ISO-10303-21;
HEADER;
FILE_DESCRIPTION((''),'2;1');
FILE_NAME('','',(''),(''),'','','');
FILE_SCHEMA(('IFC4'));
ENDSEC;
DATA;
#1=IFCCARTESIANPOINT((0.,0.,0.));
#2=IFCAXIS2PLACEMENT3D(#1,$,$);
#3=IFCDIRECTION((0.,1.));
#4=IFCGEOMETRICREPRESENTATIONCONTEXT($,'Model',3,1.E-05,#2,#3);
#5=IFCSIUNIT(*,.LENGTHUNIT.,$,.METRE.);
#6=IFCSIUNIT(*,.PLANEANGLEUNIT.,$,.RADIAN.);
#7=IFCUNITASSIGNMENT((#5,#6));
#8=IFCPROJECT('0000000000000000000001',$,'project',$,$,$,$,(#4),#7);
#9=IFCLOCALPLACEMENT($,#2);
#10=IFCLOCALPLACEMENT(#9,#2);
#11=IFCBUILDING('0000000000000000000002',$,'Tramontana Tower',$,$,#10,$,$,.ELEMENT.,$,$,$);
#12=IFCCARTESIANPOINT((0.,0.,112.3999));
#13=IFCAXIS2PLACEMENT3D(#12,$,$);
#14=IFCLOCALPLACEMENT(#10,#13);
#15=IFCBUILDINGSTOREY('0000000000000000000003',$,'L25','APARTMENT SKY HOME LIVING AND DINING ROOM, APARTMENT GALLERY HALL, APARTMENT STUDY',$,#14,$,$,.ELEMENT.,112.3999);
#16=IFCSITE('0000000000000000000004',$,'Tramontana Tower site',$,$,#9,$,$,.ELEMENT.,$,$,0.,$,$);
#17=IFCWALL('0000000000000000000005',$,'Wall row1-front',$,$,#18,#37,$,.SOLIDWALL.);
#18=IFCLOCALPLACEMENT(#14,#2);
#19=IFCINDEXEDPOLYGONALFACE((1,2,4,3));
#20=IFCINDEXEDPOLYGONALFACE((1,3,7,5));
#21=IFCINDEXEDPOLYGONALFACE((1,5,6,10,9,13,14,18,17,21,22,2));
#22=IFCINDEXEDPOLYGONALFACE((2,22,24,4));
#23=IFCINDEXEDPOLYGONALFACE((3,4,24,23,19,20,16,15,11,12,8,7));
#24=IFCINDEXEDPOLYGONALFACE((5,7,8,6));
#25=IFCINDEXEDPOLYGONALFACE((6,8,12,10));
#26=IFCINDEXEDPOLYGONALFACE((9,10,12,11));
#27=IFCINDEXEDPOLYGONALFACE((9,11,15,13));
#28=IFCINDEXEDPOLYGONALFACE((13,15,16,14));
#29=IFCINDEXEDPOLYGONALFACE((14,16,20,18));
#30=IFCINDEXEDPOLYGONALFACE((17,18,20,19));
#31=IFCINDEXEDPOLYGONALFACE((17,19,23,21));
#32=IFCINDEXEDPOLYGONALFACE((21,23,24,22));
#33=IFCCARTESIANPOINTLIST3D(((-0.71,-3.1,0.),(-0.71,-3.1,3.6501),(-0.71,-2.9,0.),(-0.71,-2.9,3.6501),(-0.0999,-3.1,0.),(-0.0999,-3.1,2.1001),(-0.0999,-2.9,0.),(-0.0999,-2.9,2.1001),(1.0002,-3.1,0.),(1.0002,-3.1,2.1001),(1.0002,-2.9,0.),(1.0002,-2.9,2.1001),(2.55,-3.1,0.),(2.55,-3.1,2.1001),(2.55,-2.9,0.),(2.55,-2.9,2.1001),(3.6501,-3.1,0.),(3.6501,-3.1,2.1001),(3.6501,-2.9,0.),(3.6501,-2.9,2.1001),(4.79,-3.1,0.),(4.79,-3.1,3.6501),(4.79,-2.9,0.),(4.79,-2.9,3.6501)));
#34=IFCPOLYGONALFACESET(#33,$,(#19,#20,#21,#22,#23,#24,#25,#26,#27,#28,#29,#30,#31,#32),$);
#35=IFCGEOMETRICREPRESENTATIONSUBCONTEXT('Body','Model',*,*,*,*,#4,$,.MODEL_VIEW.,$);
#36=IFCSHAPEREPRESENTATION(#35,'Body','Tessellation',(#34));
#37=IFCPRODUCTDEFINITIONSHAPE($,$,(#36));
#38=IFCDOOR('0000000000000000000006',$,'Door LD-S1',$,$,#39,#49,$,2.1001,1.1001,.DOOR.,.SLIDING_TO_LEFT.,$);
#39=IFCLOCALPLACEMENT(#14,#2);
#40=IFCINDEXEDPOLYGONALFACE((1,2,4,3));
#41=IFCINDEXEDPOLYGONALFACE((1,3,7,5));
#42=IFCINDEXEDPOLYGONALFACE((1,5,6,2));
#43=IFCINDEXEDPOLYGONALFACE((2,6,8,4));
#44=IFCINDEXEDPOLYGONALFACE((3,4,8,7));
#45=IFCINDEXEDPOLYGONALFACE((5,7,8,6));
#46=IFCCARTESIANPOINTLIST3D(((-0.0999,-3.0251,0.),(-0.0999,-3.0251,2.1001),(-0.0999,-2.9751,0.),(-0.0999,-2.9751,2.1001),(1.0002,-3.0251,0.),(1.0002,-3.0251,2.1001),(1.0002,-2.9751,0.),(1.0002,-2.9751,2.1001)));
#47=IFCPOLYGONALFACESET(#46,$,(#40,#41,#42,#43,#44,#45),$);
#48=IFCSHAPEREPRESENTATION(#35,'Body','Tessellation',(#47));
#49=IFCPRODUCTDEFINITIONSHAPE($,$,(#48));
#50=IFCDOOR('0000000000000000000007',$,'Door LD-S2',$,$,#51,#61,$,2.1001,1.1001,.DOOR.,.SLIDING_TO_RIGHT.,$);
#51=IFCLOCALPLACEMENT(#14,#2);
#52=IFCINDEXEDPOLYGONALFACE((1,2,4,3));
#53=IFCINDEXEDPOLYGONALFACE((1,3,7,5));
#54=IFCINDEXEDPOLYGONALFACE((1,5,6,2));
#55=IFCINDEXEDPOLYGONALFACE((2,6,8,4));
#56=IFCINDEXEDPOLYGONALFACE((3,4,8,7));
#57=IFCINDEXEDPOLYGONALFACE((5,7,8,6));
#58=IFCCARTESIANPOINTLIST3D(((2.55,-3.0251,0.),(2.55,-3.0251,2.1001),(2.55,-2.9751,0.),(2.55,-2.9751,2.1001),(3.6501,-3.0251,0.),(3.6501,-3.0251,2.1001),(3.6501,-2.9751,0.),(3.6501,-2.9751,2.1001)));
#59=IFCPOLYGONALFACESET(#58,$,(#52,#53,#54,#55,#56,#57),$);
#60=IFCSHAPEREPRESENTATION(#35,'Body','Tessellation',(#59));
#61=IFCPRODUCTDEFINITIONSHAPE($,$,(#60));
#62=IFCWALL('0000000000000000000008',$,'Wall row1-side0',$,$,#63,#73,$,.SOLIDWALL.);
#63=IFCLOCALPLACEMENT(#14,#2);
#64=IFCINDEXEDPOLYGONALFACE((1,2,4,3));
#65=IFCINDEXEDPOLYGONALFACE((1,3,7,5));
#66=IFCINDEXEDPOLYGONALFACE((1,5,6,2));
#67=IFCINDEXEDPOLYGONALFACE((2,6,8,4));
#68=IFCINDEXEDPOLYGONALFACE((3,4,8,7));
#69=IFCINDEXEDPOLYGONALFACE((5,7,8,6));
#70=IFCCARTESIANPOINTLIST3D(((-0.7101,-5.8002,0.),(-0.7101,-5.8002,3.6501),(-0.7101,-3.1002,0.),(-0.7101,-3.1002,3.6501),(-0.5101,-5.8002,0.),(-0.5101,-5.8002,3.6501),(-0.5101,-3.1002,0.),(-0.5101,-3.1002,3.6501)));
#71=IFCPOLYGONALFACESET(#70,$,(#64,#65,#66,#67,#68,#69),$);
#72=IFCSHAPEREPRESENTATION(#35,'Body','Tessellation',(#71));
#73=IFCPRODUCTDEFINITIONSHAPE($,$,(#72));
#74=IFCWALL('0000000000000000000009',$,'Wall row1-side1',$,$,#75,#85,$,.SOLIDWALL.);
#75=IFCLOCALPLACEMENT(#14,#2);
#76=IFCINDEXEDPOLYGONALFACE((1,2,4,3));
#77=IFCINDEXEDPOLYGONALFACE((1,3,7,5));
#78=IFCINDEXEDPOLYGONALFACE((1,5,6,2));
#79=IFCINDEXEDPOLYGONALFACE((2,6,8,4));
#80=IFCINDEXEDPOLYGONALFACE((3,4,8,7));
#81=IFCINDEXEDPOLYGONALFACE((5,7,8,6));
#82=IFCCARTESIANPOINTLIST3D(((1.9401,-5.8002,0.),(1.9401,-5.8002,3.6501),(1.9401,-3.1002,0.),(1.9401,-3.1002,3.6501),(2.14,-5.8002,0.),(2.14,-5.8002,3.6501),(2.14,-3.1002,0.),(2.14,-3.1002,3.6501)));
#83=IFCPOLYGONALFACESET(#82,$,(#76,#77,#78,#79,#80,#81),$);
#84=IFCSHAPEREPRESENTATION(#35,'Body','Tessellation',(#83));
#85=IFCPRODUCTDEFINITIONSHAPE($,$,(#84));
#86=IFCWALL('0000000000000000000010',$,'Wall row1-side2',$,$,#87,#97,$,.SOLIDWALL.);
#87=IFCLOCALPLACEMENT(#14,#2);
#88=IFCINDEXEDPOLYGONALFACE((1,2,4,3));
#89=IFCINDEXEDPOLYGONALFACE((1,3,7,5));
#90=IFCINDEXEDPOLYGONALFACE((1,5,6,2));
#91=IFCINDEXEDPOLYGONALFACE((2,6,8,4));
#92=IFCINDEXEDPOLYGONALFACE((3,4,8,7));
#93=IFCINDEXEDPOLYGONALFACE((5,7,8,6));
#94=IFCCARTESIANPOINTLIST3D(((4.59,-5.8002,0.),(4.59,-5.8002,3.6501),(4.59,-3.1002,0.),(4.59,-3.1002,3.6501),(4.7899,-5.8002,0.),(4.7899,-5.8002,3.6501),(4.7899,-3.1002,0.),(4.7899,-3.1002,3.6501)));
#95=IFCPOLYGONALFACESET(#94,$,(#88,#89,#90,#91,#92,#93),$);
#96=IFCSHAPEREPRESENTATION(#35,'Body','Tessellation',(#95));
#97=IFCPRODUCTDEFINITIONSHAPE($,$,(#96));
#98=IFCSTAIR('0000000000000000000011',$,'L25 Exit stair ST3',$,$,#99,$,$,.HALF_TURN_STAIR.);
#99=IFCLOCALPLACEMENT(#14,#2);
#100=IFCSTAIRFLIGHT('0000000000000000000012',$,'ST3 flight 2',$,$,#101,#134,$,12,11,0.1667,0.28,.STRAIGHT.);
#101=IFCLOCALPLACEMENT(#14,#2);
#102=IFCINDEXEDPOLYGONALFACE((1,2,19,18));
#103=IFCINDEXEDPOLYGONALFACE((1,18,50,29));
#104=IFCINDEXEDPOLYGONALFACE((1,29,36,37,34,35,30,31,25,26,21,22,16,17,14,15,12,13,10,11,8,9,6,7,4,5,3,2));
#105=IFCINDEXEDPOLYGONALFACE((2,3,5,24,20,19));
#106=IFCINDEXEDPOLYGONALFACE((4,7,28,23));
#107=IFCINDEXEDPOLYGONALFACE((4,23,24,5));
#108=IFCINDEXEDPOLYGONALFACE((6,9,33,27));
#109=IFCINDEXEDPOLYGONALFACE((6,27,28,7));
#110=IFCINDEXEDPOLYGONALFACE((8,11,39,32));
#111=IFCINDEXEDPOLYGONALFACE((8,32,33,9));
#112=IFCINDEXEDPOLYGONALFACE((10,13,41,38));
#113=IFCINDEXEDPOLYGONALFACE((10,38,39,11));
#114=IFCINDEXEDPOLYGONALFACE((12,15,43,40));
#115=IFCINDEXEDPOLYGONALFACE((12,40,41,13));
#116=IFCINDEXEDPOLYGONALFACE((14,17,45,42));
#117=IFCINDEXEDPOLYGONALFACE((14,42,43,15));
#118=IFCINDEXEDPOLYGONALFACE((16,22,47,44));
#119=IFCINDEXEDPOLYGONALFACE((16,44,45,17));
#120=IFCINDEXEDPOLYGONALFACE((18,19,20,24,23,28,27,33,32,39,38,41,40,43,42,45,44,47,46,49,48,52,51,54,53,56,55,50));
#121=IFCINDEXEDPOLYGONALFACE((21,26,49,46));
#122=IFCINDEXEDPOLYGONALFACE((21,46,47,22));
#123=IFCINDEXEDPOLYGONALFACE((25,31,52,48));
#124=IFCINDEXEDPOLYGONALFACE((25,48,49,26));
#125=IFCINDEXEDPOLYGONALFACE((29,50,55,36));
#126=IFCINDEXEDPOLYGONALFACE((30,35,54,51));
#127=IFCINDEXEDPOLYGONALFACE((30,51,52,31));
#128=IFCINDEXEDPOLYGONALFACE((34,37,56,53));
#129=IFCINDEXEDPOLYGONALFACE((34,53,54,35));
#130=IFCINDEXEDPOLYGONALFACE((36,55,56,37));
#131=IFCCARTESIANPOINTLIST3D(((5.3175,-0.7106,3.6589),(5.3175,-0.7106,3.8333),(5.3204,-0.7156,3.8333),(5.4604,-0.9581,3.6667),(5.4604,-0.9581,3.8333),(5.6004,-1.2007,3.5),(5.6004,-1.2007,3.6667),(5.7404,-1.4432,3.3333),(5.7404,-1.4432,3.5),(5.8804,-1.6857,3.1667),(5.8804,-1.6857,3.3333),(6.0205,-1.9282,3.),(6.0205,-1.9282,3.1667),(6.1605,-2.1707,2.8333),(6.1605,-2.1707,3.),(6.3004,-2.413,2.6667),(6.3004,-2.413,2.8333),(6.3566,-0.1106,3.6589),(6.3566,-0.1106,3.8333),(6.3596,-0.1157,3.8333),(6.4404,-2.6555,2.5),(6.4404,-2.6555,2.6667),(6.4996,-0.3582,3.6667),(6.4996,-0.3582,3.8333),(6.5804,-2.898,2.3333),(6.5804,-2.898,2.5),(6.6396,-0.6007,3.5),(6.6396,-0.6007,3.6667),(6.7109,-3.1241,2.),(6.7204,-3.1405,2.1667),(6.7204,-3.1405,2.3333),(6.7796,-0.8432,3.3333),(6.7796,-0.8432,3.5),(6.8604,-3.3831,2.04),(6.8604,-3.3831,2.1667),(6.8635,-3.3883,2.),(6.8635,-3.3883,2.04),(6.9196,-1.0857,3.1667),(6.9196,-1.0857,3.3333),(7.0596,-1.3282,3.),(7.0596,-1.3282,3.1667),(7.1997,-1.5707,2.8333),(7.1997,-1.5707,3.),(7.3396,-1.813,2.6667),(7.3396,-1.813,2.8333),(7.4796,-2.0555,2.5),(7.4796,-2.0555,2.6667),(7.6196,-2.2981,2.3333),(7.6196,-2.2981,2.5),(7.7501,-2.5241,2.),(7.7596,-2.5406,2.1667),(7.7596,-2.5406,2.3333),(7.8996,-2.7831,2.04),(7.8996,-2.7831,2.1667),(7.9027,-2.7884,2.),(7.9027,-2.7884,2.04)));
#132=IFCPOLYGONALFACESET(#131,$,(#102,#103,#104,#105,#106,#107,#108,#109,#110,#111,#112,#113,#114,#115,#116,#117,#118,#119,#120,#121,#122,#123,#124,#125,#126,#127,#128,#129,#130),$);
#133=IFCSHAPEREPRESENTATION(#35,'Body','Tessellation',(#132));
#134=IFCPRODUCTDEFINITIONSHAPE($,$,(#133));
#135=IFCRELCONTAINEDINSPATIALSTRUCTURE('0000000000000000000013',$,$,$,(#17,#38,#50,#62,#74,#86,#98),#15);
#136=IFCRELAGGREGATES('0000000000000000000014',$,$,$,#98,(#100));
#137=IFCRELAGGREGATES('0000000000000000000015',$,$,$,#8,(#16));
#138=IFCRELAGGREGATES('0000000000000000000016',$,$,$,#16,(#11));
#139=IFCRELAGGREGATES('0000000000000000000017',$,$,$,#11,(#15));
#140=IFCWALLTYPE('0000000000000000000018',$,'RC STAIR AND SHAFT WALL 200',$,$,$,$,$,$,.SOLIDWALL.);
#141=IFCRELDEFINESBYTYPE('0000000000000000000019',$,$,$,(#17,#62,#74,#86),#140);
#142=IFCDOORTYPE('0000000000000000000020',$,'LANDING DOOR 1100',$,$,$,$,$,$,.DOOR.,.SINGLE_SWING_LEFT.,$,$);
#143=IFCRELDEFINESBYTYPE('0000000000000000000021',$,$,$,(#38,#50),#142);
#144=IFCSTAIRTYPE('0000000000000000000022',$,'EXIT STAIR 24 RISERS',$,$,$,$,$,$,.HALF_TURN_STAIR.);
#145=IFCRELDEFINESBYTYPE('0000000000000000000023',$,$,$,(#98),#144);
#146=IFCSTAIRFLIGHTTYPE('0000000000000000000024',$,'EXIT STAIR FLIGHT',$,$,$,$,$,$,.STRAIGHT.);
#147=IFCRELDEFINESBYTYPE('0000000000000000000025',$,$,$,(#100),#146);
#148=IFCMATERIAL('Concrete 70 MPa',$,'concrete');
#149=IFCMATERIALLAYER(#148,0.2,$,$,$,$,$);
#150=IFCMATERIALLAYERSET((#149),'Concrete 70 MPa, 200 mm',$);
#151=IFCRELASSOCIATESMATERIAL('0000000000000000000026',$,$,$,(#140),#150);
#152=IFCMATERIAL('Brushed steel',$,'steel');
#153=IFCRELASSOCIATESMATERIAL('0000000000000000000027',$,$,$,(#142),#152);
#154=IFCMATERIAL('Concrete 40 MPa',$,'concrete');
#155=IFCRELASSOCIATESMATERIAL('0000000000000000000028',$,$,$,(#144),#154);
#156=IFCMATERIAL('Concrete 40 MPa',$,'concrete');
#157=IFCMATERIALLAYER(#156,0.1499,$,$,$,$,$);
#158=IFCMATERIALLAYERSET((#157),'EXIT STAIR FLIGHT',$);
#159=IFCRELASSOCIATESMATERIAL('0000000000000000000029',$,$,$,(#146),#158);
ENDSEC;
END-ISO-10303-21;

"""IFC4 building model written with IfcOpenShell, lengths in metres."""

from ifc_helpers import new_model, si_unit, direction, frame, frame_2d, origin, place, context, subcontext, project, spatial, polyline, rectangle, outline, extrude, material, layer, layer_set, type_object, element, fill, aggregate, save


model = new_model("IFC4")

# Units and contexts
model_context = context("Model", 3, precision=1e-05, world=origin(), true_north=direction((0.0, 1.0)))
body_context = subcontext(model_context, "Body", "Model", "MODEL_VIEW")
ifc_project = project(units=[si_unit("LENGTHUNIT", "METRE"), si_unit("PLANEANGLEUNIT", "RADIAN")], contexts=[model_context])

# Site, building, storey
site_placement = place(None, origin())
site = spatial("IfcSite", under=ifc_project, at=site_placement, Name="Tramontana Tower site", CompositionType="ELEMENT", RefElevation=0.0)
building_placement = place(site_placement, origin())
building = spatial("IfcBuilding", under=site, at=building_placement, Name="Tramontana Tower", CompositionType="ELEMENT")
storey_placement = place(building_placement, frame((0.0, 0.0, 112.3999)))
storey = spatial("IfcBuildingStorey", under=building, at=storey_placement, Name="L25", Description="APARTMENT SKY HOME LIVING AND DINING ROOM, APARTMENT GALLERY HALL, APARTMENT STUDY", CompositionType="ELEMENT", Elevation=112.3999)

# Shared definitions
ifc_material_1 = material(Name="Concrete 70 MPa", Category="concrete")
ifc_layer_1 = layer(ifc_material_1, 0.2)
ifc_layer_set_1 = layer_set([ifc_layer_1], Name="Concrete 70 MPa, 200 mm")
wall_type_1 = type_object("IfcWallType", Name="RC STAIR AND SHAFT WALL 200", PredefinedType="SOLIDWALL", material=ifc_layer_set_1)

# Wall, openings, doors
wall_1_placement = place(storey_placement, frame((-0.71, -3.0, 0.0), z_axis=(0.0, 0.0, 1.0), x_axis=(1.0, 0.0, 0.0)))
wall_1 = element("IfcWall", 1, at=wall_1_placement, inside=storey, type_object=wall_type_1, Name="Wall row1-front", PredefinedType="SOLIDWALL", context=body_context, shape_type="SweptSolid", body=[
    extrude(rectangle(XDim=5.5, YDim=0.2, at=frame_2d((2.75, 0.0))), origin(), (0.0, 0.0, 1.0), 3.6501),
])
opening_1_placement = place(wall_1_placement, frame((0.6101, 0.0, 0.0)))
opening_1 = element("IfcOpeningElement", 2, at=opening_1_placement, cuts=wall_1, PredefinedType="OPENING", context=body_context, shape_type="SweptSolid", body=[
    extrude(rectangle(XDim=1.1001, YDim=2.1001, at=frame_2d((0.55, 1.05))), frame((0.0, 0.1099, 0.0), z_axis=(0.0, -1.0, 0.0), x_axis=(1.0, 0.0, 0.0)), (0.0, 0.0, 1.0), 0.22),
])
opening_2_placement = place(wall_1_placement, frame((3.26, 0.0, 0.0)))
opening_2 = element("IfcOpeningElement", 3, at=opening_2_placement, cuts=wall_1, PredefinedType="OPENING", context=body_context, shape_type="SweptSolid", body=[
    extrude(rectangle(XDim=1.1001, YDim=2.1001, at=frame_2d((0.55, 1.05))), frame((0.0, 0.1099, 0.0), z_axis=(0.0, -1.0, 0.0), x_axis=(1.0, 0.0, 0.0)), (0.0, 0.0, 1.0), 0.22),
])
ifc_material_2 = material(Name="Brushed steel", Category="steel")
door_type_1 = type_object("IfcDoorType", Name="LANDING DOOR 1100", OperationType="SINGLE_SWING_LEFT", PredefinedType="DOOR", material=ifc_material_2)
door_1_placement = place(opening_1_placement, origin())
door_1 = element("IfcDoor", 4, at=door_1_placement, inside=storey, type_object=door_type_1, Name="Door LD-S1", OperationType="SLIDING_TO_LEFT", OverallHeight=2.1001, OverallWidth=1.1001, PredefinedType="DOOR", context=body_context, shape_type="SweptSolid", body=[
    extrude(rectangle(XDim=1.1001, YDim=2.1001, at=frame_2d((0.55, 1.05))), frame((0.0, 0.0249, 0.0), z_axis=(0.0, -1.0, 0.0), x_axis=(1.0, 0.0, 0.0)), (0.0, 0.0, 1.0), 0.05),
])
fill(opening_1, door_1)
door_2_placement = place(opening_2_placement, origin())
door_2 = element("IfcDoor", 5, at=door_2_placement, inside=storey, type_object=door_type_1, Name="Door LD-S2", OperationType="SLIDING_TO_RIGHT", OverallHeight=2.1001, OverallWidth=1.1001, PredefinedType="DOOR", context=body_context, shape_type="SweptSolid", body=[
    extrude(rectangle(XDim=1.1001, YDim=2.1001, at=frame_2d((0.55, 1.05))), frame((0.0, 0.0249, 0.0), z_axis=(0.0, -1.0, 0.0), x_axis=(1.0, 0.0, 0.0)), (0.0, 0.0, 1.0), 0.05),
])
fill(opening_2, door_2)

# Walls
for number, where, z_axis, x_axis, name in (
    (6, (-0.6101, -3.1001, 0.0), (0.0, 0.0, 1.0), (0.0, -1.0, 0.0), "Wall row1-side0"),
    (7, (2.04, -3.1001, 0.0), (0.0, 0.0, 1.0), (0.0, -1.0, 0.0), "Wall row1-side1"),
    (8, (4.6899, -3.1001, 0.0), (0.0, 0.0, 1.0), (0.0, -1.0, 0.0), "Wall row1-side2"),
):
    element("IfcWall", number, at=place(storey_placement, frame(where, z_axis=z_axis, x_axis=x_axis)), inside=storey, type_object=wall_type_1, Name=name, PredefinedType="SOLIDWALL", context=body_context, shape_type="SweptSolid", body=[
        extrude(rectangle(XDim=2.7, YDim=0.2, at=frame_2d((1.3501, 0.0))), origin(), (0.0, 0.0, 1.0), 3.6501),
    ])

# Stair, stair flight
ifc_material_3 = material(Name="Concrete 40 MPa", Category="concrete")
stair_type = type_object("IfcStairType", Name="EXIT STAIR 24 RISERS", PredefinedType="HALF_TURN_STAIR", material=ifc_material_3)
stair_placement = place(storey_placement, origin())
stair = element("IfcStair", 9, at=stair_placement, inside=storey, type_object=stair_type, Name="L25 Exit stair ST3", PredefinedType="HALF_TURN_STAIR")
ifc_material_4 = material(Name="Concrete 40 MPa", Category="concrete")
ifc_layer_2 = layer(ifc_material_4, 0.1499)
ifc_layer_set_2 = layer_set([ifc_layer_2], Name="EXIT STAIR FLIGHT")
stair_flight_type = type_object("IfcStairFlightType", Name="EXIT STAIR FLIGHT", PredefinedType="STRAIGHT", material=ifc_layer_set_2)
stair_flight_placement = place(storey_placement, frame((7.3801, -3.083, 2.0), z_axis=(0.0, 0.0, 1.0), x_axis=(-0.5, 0.866025, 0.0)))
stair_flight = element("IfcStairFlight", 10, at=stair_flight_placement, type_object=stair_flight_type, Name="ST3 flight 2", NumberOfRisers=12, NumberOfTreads=11, PredefinedType="STRAIGHT", RiserHeight=0.1667, TreadLength=0.28, context=body_context, shape_type="SweptSolid", body=[
    extrude(outline(polyline([(-0.0061, 0.0), (-0.0061, 0.04), (0.0, 0.04), (0.0, 0.1667), (0.28, 0.1667), (0.28, 0.3333), (0.5601, 0.3333), (0.5601, 0.5), (0.8401, 0.5), (0.8401, 0.6667), (1.1201, 0.6667), (1.1201, 0.8333), (1.3999, 0.8333), (1.3999, 1.0), (1.6799, 1.0), (1.6799, 1.1667), (1.96, 1.1667), (1.96, 1.3333), (2.24, 1.3333), (2.24, 1.5), (2.52, 1.5), (2.52, 1.6667), (2.8, 1.6667), (2.8, 1.8333), (3.0801, 1.8333), (3.0859, 1.8333), (3.0859, 1.6589), (0.2991, 0.0), (-0.0061, 0.0)])), frame((0.0, 0.6001, 0.0), z_axis=(0.0, -1.0, 0.0), x_axis=(1.0, 0.0, 0.0)), (0.0, 0.0, 1.0), 1.2),
])
aggregate(stair, [stair_flight])

save(model, "model.ifc")
